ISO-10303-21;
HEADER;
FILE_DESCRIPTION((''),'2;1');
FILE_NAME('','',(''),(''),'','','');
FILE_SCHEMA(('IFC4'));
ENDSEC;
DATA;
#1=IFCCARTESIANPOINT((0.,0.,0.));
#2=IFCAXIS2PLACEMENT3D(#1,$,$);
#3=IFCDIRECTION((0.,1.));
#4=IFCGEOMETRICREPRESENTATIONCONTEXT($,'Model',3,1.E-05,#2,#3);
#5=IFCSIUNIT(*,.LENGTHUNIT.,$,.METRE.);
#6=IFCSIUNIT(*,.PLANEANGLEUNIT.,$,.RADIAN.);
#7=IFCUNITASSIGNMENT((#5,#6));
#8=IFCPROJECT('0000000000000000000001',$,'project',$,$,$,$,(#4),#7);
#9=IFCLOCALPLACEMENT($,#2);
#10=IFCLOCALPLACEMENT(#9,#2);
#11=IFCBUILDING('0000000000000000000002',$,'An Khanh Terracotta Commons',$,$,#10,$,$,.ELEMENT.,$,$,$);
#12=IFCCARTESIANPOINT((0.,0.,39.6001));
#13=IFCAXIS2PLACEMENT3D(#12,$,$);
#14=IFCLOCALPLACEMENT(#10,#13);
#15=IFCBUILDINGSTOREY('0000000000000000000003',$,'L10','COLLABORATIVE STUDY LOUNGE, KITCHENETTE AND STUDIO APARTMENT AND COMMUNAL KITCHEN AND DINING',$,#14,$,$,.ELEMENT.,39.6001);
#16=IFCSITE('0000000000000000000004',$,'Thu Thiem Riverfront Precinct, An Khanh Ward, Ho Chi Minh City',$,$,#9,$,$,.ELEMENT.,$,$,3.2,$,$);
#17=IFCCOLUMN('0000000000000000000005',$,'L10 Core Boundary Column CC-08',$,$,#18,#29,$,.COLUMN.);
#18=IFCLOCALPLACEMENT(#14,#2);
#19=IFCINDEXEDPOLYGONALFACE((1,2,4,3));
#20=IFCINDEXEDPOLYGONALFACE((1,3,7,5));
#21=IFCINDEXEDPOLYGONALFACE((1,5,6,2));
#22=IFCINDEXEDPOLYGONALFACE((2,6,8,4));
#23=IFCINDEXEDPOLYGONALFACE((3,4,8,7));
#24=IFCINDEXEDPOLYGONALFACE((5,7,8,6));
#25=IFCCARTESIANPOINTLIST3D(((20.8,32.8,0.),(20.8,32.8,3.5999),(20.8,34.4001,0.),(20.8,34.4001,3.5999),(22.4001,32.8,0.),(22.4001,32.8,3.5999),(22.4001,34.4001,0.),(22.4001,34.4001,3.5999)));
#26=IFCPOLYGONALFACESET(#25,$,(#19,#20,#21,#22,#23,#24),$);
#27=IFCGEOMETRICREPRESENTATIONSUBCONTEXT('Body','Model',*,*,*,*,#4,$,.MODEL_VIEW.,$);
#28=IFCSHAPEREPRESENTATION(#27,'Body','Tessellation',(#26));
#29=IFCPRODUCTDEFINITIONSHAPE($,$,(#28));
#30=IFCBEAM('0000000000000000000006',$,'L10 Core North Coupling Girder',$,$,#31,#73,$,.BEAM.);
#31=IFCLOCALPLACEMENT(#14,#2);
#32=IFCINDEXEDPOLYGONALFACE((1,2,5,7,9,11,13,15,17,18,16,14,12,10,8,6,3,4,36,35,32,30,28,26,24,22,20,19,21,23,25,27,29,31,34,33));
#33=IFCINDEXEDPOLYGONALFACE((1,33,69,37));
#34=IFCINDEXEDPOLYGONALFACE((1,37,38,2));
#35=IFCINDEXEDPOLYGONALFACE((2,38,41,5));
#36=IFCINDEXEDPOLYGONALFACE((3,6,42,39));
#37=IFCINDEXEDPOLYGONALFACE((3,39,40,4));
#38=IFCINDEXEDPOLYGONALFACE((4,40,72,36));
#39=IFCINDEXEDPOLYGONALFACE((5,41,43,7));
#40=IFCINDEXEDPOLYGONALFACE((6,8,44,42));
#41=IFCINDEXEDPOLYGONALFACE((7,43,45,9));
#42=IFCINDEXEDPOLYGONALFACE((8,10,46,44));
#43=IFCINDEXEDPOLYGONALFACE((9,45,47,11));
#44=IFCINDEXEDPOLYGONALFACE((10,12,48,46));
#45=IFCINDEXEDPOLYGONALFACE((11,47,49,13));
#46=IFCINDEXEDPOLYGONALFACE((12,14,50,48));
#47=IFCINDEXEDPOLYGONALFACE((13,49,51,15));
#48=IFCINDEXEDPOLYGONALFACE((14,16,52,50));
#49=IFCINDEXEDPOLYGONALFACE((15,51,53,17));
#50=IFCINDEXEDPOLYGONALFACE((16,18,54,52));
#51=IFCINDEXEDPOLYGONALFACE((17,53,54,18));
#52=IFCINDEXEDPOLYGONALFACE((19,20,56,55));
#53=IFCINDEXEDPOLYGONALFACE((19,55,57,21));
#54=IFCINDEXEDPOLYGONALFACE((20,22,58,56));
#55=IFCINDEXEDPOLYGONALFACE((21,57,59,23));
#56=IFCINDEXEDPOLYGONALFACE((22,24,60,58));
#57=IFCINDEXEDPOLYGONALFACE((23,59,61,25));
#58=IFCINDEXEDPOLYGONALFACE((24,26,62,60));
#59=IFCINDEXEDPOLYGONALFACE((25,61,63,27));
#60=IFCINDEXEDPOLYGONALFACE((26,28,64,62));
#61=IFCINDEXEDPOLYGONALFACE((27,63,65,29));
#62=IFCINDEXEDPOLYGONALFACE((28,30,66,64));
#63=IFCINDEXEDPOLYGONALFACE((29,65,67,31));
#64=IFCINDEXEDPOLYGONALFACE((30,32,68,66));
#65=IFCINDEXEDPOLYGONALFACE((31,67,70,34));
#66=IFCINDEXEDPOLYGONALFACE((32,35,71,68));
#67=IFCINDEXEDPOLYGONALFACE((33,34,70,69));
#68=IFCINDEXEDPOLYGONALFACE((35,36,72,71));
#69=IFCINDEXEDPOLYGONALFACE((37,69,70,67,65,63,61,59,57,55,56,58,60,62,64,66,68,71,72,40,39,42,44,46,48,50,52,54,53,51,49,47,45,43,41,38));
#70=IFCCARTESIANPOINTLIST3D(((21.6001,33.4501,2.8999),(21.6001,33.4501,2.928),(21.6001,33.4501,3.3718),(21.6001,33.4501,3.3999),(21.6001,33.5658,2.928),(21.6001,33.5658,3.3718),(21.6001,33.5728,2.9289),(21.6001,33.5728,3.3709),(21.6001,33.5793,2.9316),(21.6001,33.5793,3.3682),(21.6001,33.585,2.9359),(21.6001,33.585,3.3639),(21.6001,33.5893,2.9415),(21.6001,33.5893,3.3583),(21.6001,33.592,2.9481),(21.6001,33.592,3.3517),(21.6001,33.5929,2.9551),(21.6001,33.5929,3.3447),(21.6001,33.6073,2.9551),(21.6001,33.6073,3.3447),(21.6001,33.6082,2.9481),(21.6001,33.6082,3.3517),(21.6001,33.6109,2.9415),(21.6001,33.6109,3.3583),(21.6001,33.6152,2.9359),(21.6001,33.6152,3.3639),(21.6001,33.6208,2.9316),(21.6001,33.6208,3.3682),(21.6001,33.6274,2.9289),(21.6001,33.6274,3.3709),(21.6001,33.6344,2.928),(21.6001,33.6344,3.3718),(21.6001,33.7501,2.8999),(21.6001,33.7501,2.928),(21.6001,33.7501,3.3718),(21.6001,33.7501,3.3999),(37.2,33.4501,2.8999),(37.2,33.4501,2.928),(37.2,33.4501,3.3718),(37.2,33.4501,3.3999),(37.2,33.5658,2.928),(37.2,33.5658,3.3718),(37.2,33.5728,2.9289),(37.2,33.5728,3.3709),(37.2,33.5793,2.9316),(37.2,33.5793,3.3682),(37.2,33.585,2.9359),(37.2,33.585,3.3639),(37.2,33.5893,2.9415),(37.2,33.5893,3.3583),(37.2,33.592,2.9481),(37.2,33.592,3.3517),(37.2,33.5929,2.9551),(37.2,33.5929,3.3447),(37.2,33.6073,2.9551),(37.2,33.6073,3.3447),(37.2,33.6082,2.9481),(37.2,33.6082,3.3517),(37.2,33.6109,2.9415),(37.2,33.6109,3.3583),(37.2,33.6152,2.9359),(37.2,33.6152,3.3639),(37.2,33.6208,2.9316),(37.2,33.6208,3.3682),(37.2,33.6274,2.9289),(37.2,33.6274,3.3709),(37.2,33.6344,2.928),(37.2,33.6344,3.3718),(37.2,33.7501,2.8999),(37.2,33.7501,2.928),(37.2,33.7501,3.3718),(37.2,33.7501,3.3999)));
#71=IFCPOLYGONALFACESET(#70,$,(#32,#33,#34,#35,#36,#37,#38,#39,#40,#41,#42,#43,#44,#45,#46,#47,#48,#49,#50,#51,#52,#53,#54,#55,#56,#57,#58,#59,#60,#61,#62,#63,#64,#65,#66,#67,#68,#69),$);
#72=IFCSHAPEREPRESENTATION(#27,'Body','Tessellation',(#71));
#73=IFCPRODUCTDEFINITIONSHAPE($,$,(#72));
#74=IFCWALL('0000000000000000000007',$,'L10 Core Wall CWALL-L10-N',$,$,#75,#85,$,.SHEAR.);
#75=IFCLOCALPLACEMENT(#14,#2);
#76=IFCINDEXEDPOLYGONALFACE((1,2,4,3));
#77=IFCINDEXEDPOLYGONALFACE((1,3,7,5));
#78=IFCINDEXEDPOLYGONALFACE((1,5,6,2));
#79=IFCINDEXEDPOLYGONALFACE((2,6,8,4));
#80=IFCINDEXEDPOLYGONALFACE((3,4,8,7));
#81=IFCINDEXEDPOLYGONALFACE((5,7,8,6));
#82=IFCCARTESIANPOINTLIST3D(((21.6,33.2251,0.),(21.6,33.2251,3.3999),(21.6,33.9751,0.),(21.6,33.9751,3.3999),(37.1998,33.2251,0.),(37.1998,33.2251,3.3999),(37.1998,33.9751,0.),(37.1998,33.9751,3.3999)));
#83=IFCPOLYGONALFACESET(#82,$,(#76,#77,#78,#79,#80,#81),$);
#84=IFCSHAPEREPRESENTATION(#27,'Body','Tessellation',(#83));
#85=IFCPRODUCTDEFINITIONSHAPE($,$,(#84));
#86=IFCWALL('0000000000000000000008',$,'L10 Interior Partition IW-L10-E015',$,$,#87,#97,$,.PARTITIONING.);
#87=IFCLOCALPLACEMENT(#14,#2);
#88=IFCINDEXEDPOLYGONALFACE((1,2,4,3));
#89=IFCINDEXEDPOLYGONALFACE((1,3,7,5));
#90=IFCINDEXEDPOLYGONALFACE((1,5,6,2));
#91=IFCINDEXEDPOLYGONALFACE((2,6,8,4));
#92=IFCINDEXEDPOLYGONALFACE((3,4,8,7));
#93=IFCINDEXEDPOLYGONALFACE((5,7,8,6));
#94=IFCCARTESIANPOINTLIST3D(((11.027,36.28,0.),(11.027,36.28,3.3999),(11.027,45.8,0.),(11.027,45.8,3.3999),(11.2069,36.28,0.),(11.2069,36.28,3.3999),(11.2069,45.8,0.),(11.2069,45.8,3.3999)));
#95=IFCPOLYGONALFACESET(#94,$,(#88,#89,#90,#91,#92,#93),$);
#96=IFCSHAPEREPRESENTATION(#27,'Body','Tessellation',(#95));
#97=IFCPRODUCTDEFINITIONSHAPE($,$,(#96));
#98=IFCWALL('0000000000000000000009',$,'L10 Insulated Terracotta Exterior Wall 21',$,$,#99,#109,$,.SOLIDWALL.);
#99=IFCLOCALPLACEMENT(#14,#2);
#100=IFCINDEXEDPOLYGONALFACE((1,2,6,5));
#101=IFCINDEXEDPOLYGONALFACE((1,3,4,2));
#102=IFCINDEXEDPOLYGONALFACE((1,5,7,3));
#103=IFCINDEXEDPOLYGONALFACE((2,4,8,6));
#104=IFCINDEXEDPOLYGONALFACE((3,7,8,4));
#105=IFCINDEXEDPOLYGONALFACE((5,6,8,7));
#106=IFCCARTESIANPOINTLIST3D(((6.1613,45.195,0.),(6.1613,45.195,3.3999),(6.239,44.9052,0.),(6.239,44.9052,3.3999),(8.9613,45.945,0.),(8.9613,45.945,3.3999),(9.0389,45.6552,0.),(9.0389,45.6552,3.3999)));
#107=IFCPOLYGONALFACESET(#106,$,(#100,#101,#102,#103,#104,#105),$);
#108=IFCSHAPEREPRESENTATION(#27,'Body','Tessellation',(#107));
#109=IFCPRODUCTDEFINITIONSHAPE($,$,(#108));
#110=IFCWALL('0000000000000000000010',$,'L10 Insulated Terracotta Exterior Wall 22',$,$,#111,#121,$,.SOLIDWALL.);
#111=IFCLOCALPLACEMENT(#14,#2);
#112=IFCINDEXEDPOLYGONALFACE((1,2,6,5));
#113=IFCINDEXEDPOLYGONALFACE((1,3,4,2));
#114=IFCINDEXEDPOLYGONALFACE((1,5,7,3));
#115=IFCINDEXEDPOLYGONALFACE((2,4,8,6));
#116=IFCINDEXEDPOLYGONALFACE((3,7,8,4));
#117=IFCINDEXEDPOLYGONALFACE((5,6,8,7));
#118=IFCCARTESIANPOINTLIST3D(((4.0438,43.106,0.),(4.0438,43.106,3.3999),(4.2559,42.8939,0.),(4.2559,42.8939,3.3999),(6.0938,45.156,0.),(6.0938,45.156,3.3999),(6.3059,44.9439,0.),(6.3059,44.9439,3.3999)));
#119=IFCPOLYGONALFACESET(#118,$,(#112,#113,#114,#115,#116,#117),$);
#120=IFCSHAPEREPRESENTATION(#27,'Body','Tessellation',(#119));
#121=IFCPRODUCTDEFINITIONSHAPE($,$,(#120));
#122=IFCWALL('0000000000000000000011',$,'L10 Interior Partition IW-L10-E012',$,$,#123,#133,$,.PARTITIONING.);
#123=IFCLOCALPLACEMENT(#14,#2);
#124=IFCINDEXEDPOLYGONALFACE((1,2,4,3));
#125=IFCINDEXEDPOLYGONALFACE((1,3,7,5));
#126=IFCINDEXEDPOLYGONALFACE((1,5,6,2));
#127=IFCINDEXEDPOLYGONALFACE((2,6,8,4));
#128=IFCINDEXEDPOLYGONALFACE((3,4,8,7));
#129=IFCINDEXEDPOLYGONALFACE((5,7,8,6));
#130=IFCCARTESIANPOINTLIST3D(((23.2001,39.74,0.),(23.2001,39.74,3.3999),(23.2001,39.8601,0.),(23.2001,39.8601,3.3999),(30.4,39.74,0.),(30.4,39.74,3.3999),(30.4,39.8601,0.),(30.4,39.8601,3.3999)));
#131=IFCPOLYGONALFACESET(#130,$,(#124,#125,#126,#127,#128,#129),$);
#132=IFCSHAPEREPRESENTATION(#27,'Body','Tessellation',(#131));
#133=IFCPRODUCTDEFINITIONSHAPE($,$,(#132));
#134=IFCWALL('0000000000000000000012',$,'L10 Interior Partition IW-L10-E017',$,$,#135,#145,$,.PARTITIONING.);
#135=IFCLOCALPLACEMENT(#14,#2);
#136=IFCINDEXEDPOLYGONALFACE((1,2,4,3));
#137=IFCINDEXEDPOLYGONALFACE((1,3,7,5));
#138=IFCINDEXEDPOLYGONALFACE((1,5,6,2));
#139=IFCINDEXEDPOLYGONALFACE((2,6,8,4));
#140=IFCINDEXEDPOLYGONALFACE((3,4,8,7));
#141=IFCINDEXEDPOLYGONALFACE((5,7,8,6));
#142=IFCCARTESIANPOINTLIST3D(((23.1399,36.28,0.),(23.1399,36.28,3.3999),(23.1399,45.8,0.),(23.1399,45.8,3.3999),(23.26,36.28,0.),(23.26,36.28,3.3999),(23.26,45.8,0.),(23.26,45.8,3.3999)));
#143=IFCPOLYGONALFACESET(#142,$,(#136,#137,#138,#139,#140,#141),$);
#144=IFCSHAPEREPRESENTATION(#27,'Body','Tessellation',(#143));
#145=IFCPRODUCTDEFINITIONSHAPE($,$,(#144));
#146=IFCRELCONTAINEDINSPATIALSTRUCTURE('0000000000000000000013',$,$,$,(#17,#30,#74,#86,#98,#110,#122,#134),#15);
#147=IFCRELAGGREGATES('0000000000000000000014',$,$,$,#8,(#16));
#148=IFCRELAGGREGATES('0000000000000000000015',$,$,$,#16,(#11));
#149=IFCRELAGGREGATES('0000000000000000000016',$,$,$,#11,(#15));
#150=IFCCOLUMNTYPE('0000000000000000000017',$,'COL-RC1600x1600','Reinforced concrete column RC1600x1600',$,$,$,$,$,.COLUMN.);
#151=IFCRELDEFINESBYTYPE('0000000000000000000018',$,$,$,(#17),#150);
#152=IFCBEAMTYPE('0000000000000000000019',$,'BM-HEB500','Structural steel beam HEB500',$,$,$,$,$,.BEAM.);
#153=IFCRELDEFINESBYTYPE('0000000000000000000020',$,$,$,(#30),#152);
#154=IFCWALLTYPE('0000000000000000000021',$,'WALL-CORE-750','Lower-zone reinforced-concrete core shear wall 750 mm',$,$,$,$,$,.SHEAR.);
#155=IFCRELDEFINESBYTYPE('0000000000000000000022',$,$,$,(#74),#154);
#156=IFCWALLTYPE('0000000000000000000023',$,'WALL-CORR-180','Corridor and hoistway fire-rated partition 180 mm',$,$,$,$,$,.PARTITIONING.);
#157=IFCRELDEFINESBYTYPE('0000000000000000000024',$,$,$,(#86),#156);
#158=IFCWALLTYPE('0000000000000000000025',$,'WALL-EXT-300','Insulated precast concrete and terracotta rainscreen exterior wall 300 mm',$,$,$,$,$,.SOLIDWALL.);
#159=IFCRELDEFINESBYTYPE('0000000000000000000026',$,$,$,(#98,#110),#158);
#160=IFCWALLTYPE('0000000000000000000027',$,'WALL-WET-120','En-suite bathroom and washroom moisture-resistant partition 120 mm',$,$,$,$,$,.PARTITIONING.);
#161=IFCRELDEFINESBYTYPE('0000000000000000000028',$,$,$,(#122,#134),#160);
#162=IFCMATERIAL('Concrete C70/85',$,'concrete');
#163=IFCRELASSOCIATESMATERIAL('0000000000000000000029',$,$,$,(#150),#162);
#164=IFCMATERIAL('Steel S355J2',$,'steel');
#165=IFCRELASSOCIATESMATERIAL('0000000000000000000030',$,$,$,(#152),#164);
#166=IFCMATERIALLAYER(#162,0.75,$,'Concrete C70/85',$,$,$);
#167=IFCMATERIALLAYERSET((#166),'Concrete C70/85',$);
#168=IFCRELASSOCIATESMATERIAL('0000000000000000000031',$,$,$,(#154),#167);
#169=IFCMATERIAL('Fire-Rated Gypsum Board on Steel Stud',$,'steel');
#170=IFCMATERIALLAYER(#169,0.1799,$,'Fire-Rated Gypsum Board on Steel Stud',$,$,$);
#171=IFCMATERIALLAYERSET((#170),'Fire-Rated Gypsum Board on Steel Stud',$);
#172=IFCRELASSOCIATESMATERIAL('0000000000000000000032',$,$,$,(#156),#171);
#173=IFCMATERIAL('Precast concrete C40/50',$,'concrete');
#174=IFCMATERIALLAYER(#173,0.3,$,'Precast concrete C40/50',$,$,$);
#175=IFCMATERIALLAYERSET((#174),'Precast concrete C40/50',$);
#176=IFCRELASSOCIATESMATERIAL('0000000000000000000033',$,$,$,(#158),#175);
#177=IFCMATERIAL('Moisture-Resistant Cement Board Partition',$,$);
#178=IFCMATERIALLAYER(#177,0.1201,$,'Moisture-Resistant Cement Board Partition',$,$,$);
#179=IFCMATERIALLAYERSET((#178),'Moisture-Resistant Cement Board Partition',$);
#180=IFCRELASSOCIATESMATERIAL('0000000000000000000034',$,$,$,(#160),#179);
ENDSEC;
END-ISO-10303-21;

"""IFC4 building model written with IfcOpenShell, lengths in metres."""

from ifc_helpers import new_model, si_unit, direction, frame, frame_2d, origin, origin_2d, place, context, subcontext, project, spatial, rectangle, i_section, extrude, material, layer, layer_set, material_profile, profile_set, type_object, element, save


model = new_model("IFC4")

# Units and contexts
model_context = context("Model", 3, precision=1e-05, world=origin(), true_north=direction((0.0, 1.0)))
body_context = subcontext(model_context, "Body", "Model", "MODEL_VIEW")
ifc_project = project(units=[si_unit("LENGTHUNIT", "METRE"), si_unit("PLANEANGLEUNIT", "RADIAN")], contexts=[model_context])

# Site, building, storey
site_placement = place(None, origin())
site = spatial("IfcSite", under=ifc_project, at=site_placement, Name="Thu Thiem Riverfront Precinct, An Khanh Ward, Ho Chi Minh City", CompositionType="ELEMENT", RefElevation=3.2)
building_placement = place(site_placement, origin())
building = spatial("IfcBuilding", under=site, at=building_placement, Name="An Khanh Terracotta Commons", CompositionType="ELEMENT")
storey_placement = place(building_placement, frame((0.0, 0.0, 39.6001)))
storey = spatial("IfcBuildingStorey", under=building, at=storey_placement, Name="L10", Description="COLLABORATIVE STUDY LOUNGE, KITCHENETTE AND STUDIO APARTMENT AND COMMUNAL KITCHEN AND DINING", CompositionType="ELEMENT", Elevation=39.6001)

# Column
ifc_material_1 = material(Name="Concrete C70/85", Category="concrete")
ifc_material_profile_1 = material_profile(ifc_material_1, rectangle(XDim=1.6001, YDim=1.6001, at=origin_2d()), Name="RC1600x1600")
ifc_profile_set_1 = profile_set([ifc_material_profile_1], Name="Concrete C70/85")
column_type = type_object("IfcColumnType", Name="COL-RC1600x1600", Description="Reinforced concrete column RC1600x1600", PredefinedType="COLUMN", material=ifc_profile_set_1)
column_placement = place(storey_placement, frame((21.6001, 33.6001, 0.0), z_axis=(0.0, 0.0, 1.0), x_axis=(1.0, 0.0, 0.0)))
element("IfcColumn", 1, at=column_placement, inside=storey, type_object=column_type, Name="L10 Core Boundary Column CC-08", PredefinedType="COLUMN", context=body_context, shape_type="SweptSolid", body=[
    extrude(rectangle(XDim=1.6001, YDim=1.6001, at=origin_2d()), origin(), (0.0, 0.0, 1.0), 3.5999),
])

# Beam
ifc_material_2 = material(Name="Steel S355J2", Category="steel")
ifc_material_profile_2 = material_profile(ifc_material_2, i_section(OverallWidth=0.3, OverallDepth=0.5, WebThickness=0.0144, FlangeThickness=0.0281, FilletRadius=0.0271, at=origin_2d()), Name="HEB500")
ifc_profile_set_2 = profile_set([ifc_material_profile_2], Name="Steel S355J2")
beam_type = type_object("IfcBeamType", Name="BM-HEB500", Description="Structural steel beam HEB500", PredefinedType="BEAM", material=ifc_profile_set_2)
beam_placement = place(storey_placement, frame((21.6001, 33.6001, 3.1499), z_axis=(1.0, 0.0, 0.0), x_axis=(0.0, 1.0, 0.0)))
element("IfcBeam", 2, at=beam_placement, inside=storey, type_object=beam_type, Name="L10 Core North Coupling Girder", PredefinedType="BEAM", context=body_context, shape_type="SweptSolid", body=[
    extrude(i_section(OverallWidth=0.3, OverallDepth=0.5, WebThickness=0.0144, FlangeThickness=0.0281, FilletRadius=0.0271, at=origin_2d()), origin(), (0.0, 0.0, 1.0), 15.5999),
])

# Walls
ifc_layer_1 = layer(ifc_material_1, 0.75, Name="Concrete C70/85")
ifc_layer_set_1 = layer_set([ifc_layer_1], Name="Concrete C70/85")
wall_type_1 = type_object("IfcWallType", Name="WALL-CORE-750", Description="Lower-zone reinforced-concrete core shear wall 750 mm", PredefinedType="SHEAR", material=ifc_layer_set_1)
wall_1_placement = place(storey_placement, frame((21.6001, 33.6001, 0.0), z_axis=(0.0, 0.0, 1.0), x_axis=(1.0, 0.0, 0.0)))
element("IfcWall", 3, at=wall_1_placement, inside=storey, type_object=wall_type_1, Name="L10 Core Wall CWALL-L10-N", PredefinedType="SHEAR", context=body_context, shape_type="SweptSolid", body=[
    extrude(rectangle(XDim=15.5999, YDim=0.75, at=frame_2d((7.7998, 0.0))), origin(), (0.0, 0.0, 1.0), 3.3999),
])
ifc_material_3 = material(Name="Fire-Rated Gypsum Board on Steel Stud", Category="steel")
ifc_layer_2 = layer(ifc_material_3, 0.1799, Name="Fire-Rated Gypsum Board on Steel Stud")
ifc_layer_set_2 = layer_set([ifc_layer_2], Name="Fire-Rated Gypsum Board on Steel Stud")
wall_type_2 = type_object("IfcWallType", Name="WALL-CORR-180", Description="Corridor and hoistway fire-rated partition 180 mm", PredefinedType="PARTITIONING", material=ifc_layer_set_2)
wall_2_placement = place(storey_placement, frame((11.1169, 36.28, 0.0), z_axis=(0.0, 0.0, 1.0), x_axis=(0.0, 1.0, 0.0)))
element("IfcWall", 4, at=wall_2_placement, inside=storey, type_object=wall_type_2, Name="L10 Interior Partition IW-L10-E015", PredefinedType="PARTITIONING", context=body_context, shape_type="SweptSolid", body=[
    extrude(rectangle(XDim=9.52, YDim=0.1799, at=frame_2d((4.76, 0.0))), origin(), (0.0, 0.0, 1.0), 3.3999),
])
ifc_material_4 = material(Name="Precast concrete C40/50", Category="concrete")
ifc_layer_3 = layer(ifc_material_4, 0.3, Name="Precast concrete C40/50")
ifc_layer_set_3 = layer_set([ifc_layer_3], Name="Precast concrete C40/50")
wall_type_3 = type_object("IfcWallType", Name="WALL-EXT-300", Description="Insulated precast concrete and terracotta rainscreen exterior wall 300 mm", PredefinedType="SOLIDWALL", material=ifc_layer_set_3)
wall_3_placement = place(storey_placement, frame((9.0, 45.8, 0.0), z_axis=(0.0, 0.0, 1.0), x_axis=(-0.965949, -0.258732, 0.0)))
element("IfcWall", 5, at=wall_3_placement, inside=storey, type_object=wall_type_3, Name="L10 Insulated Terracotta Exterior Wall 21", PredefinedType="SOLIDWALL", context=body_context, shape_type="SweptSolid", body=[
    extrude(rectangle(XDim=2.8987, YDim=0.3, at=frame_2d((1.4492, 0.0))), origin(), (0.0, 0.0, 1.0), 3.3999),
])
wall_4_placement = place(storey_placement, frame((6.2, 45.05, 0.0), z_axis=(0.0, 0.0, 1.0), x_axis=(-0.707107, -0.707107, 0.0)))
element("IfcWall", 6, at=wall_4_placement, inside=storey, type_object=wall_type_3, Name="L10 Insulated Terracotta Exterior Wall 22", PredefinedType="SOLIDWALL", context=body_context, shape_type="SweptSolid", body=[
    extrude(rectangle(XDim=2.8992, YDim=0.3, at=frame_2d((1.4497, 0.0))), origin(), (0.0, 0.0, 1.0), 3.3999),
])
ifc_material_5 = material(Name="Moisture-Resistant Cement Board Partition")
ifc_layer_4 = layer(ifc_material_5, 0.1201, Name="Moisture-Resistant Cement Board Partition")
ifc_layer_set_4 = layer_set([ifc_layer_4], Name="Moisture-Resistant Cement Board Partition")
wall_type_4 = type_object("IfcWallType", Name="WALL-WET-120", Description="En-suite bathroom and washroom moisture-resistant partition 120 mm", PredefinedType="PARTITIONING", material=ifc_layer_set_4)
wall_5_placement = place(storey_placement, frame((23.2, 39.8, 0.0), z_axis=(0.0, 0.0, 1.0), x_axis=(1.0, 0.0, 0.0)))
element("IfcWall", 7, at=wall_5_placement, inside=storey, type_object=wall_type_4, Name="L10 Interior Partition IW-L10-E012", PredefinedType="PARTITIONING", context=body_context, shape_type="SweptSolid", body=[
    extrude(rectangle(XDim=7.2, YDim=0.1201, at=frame_2d((3.6001, 0.0))), origin(), (0.0, 0.0, 1.0), 3.3999),
])
wall_6_placement = place(storey_placement, frame((23.2, 36.28, 0.0), z_axis=(0.0, 0.0, 1.0), x_axis=(0.0, 1.0, 0.0)))
element("IfcWall", 8, at=wall_6_placement, inside=storey, type_object=wall_type_4, Name="L10 Interior Partition IW-L10-E017", PredefinedType="PARTITIONING", context=body_context, shape_type="SweptSolid", body=[
    extrude(rectangle(XDim=9.52, YDim=0.1201, at=frame_2d((4.76, 0.0))), origin(), (0.0, 0.0, 1.0), 3.3999),
])

save(model, "model.ifc")
